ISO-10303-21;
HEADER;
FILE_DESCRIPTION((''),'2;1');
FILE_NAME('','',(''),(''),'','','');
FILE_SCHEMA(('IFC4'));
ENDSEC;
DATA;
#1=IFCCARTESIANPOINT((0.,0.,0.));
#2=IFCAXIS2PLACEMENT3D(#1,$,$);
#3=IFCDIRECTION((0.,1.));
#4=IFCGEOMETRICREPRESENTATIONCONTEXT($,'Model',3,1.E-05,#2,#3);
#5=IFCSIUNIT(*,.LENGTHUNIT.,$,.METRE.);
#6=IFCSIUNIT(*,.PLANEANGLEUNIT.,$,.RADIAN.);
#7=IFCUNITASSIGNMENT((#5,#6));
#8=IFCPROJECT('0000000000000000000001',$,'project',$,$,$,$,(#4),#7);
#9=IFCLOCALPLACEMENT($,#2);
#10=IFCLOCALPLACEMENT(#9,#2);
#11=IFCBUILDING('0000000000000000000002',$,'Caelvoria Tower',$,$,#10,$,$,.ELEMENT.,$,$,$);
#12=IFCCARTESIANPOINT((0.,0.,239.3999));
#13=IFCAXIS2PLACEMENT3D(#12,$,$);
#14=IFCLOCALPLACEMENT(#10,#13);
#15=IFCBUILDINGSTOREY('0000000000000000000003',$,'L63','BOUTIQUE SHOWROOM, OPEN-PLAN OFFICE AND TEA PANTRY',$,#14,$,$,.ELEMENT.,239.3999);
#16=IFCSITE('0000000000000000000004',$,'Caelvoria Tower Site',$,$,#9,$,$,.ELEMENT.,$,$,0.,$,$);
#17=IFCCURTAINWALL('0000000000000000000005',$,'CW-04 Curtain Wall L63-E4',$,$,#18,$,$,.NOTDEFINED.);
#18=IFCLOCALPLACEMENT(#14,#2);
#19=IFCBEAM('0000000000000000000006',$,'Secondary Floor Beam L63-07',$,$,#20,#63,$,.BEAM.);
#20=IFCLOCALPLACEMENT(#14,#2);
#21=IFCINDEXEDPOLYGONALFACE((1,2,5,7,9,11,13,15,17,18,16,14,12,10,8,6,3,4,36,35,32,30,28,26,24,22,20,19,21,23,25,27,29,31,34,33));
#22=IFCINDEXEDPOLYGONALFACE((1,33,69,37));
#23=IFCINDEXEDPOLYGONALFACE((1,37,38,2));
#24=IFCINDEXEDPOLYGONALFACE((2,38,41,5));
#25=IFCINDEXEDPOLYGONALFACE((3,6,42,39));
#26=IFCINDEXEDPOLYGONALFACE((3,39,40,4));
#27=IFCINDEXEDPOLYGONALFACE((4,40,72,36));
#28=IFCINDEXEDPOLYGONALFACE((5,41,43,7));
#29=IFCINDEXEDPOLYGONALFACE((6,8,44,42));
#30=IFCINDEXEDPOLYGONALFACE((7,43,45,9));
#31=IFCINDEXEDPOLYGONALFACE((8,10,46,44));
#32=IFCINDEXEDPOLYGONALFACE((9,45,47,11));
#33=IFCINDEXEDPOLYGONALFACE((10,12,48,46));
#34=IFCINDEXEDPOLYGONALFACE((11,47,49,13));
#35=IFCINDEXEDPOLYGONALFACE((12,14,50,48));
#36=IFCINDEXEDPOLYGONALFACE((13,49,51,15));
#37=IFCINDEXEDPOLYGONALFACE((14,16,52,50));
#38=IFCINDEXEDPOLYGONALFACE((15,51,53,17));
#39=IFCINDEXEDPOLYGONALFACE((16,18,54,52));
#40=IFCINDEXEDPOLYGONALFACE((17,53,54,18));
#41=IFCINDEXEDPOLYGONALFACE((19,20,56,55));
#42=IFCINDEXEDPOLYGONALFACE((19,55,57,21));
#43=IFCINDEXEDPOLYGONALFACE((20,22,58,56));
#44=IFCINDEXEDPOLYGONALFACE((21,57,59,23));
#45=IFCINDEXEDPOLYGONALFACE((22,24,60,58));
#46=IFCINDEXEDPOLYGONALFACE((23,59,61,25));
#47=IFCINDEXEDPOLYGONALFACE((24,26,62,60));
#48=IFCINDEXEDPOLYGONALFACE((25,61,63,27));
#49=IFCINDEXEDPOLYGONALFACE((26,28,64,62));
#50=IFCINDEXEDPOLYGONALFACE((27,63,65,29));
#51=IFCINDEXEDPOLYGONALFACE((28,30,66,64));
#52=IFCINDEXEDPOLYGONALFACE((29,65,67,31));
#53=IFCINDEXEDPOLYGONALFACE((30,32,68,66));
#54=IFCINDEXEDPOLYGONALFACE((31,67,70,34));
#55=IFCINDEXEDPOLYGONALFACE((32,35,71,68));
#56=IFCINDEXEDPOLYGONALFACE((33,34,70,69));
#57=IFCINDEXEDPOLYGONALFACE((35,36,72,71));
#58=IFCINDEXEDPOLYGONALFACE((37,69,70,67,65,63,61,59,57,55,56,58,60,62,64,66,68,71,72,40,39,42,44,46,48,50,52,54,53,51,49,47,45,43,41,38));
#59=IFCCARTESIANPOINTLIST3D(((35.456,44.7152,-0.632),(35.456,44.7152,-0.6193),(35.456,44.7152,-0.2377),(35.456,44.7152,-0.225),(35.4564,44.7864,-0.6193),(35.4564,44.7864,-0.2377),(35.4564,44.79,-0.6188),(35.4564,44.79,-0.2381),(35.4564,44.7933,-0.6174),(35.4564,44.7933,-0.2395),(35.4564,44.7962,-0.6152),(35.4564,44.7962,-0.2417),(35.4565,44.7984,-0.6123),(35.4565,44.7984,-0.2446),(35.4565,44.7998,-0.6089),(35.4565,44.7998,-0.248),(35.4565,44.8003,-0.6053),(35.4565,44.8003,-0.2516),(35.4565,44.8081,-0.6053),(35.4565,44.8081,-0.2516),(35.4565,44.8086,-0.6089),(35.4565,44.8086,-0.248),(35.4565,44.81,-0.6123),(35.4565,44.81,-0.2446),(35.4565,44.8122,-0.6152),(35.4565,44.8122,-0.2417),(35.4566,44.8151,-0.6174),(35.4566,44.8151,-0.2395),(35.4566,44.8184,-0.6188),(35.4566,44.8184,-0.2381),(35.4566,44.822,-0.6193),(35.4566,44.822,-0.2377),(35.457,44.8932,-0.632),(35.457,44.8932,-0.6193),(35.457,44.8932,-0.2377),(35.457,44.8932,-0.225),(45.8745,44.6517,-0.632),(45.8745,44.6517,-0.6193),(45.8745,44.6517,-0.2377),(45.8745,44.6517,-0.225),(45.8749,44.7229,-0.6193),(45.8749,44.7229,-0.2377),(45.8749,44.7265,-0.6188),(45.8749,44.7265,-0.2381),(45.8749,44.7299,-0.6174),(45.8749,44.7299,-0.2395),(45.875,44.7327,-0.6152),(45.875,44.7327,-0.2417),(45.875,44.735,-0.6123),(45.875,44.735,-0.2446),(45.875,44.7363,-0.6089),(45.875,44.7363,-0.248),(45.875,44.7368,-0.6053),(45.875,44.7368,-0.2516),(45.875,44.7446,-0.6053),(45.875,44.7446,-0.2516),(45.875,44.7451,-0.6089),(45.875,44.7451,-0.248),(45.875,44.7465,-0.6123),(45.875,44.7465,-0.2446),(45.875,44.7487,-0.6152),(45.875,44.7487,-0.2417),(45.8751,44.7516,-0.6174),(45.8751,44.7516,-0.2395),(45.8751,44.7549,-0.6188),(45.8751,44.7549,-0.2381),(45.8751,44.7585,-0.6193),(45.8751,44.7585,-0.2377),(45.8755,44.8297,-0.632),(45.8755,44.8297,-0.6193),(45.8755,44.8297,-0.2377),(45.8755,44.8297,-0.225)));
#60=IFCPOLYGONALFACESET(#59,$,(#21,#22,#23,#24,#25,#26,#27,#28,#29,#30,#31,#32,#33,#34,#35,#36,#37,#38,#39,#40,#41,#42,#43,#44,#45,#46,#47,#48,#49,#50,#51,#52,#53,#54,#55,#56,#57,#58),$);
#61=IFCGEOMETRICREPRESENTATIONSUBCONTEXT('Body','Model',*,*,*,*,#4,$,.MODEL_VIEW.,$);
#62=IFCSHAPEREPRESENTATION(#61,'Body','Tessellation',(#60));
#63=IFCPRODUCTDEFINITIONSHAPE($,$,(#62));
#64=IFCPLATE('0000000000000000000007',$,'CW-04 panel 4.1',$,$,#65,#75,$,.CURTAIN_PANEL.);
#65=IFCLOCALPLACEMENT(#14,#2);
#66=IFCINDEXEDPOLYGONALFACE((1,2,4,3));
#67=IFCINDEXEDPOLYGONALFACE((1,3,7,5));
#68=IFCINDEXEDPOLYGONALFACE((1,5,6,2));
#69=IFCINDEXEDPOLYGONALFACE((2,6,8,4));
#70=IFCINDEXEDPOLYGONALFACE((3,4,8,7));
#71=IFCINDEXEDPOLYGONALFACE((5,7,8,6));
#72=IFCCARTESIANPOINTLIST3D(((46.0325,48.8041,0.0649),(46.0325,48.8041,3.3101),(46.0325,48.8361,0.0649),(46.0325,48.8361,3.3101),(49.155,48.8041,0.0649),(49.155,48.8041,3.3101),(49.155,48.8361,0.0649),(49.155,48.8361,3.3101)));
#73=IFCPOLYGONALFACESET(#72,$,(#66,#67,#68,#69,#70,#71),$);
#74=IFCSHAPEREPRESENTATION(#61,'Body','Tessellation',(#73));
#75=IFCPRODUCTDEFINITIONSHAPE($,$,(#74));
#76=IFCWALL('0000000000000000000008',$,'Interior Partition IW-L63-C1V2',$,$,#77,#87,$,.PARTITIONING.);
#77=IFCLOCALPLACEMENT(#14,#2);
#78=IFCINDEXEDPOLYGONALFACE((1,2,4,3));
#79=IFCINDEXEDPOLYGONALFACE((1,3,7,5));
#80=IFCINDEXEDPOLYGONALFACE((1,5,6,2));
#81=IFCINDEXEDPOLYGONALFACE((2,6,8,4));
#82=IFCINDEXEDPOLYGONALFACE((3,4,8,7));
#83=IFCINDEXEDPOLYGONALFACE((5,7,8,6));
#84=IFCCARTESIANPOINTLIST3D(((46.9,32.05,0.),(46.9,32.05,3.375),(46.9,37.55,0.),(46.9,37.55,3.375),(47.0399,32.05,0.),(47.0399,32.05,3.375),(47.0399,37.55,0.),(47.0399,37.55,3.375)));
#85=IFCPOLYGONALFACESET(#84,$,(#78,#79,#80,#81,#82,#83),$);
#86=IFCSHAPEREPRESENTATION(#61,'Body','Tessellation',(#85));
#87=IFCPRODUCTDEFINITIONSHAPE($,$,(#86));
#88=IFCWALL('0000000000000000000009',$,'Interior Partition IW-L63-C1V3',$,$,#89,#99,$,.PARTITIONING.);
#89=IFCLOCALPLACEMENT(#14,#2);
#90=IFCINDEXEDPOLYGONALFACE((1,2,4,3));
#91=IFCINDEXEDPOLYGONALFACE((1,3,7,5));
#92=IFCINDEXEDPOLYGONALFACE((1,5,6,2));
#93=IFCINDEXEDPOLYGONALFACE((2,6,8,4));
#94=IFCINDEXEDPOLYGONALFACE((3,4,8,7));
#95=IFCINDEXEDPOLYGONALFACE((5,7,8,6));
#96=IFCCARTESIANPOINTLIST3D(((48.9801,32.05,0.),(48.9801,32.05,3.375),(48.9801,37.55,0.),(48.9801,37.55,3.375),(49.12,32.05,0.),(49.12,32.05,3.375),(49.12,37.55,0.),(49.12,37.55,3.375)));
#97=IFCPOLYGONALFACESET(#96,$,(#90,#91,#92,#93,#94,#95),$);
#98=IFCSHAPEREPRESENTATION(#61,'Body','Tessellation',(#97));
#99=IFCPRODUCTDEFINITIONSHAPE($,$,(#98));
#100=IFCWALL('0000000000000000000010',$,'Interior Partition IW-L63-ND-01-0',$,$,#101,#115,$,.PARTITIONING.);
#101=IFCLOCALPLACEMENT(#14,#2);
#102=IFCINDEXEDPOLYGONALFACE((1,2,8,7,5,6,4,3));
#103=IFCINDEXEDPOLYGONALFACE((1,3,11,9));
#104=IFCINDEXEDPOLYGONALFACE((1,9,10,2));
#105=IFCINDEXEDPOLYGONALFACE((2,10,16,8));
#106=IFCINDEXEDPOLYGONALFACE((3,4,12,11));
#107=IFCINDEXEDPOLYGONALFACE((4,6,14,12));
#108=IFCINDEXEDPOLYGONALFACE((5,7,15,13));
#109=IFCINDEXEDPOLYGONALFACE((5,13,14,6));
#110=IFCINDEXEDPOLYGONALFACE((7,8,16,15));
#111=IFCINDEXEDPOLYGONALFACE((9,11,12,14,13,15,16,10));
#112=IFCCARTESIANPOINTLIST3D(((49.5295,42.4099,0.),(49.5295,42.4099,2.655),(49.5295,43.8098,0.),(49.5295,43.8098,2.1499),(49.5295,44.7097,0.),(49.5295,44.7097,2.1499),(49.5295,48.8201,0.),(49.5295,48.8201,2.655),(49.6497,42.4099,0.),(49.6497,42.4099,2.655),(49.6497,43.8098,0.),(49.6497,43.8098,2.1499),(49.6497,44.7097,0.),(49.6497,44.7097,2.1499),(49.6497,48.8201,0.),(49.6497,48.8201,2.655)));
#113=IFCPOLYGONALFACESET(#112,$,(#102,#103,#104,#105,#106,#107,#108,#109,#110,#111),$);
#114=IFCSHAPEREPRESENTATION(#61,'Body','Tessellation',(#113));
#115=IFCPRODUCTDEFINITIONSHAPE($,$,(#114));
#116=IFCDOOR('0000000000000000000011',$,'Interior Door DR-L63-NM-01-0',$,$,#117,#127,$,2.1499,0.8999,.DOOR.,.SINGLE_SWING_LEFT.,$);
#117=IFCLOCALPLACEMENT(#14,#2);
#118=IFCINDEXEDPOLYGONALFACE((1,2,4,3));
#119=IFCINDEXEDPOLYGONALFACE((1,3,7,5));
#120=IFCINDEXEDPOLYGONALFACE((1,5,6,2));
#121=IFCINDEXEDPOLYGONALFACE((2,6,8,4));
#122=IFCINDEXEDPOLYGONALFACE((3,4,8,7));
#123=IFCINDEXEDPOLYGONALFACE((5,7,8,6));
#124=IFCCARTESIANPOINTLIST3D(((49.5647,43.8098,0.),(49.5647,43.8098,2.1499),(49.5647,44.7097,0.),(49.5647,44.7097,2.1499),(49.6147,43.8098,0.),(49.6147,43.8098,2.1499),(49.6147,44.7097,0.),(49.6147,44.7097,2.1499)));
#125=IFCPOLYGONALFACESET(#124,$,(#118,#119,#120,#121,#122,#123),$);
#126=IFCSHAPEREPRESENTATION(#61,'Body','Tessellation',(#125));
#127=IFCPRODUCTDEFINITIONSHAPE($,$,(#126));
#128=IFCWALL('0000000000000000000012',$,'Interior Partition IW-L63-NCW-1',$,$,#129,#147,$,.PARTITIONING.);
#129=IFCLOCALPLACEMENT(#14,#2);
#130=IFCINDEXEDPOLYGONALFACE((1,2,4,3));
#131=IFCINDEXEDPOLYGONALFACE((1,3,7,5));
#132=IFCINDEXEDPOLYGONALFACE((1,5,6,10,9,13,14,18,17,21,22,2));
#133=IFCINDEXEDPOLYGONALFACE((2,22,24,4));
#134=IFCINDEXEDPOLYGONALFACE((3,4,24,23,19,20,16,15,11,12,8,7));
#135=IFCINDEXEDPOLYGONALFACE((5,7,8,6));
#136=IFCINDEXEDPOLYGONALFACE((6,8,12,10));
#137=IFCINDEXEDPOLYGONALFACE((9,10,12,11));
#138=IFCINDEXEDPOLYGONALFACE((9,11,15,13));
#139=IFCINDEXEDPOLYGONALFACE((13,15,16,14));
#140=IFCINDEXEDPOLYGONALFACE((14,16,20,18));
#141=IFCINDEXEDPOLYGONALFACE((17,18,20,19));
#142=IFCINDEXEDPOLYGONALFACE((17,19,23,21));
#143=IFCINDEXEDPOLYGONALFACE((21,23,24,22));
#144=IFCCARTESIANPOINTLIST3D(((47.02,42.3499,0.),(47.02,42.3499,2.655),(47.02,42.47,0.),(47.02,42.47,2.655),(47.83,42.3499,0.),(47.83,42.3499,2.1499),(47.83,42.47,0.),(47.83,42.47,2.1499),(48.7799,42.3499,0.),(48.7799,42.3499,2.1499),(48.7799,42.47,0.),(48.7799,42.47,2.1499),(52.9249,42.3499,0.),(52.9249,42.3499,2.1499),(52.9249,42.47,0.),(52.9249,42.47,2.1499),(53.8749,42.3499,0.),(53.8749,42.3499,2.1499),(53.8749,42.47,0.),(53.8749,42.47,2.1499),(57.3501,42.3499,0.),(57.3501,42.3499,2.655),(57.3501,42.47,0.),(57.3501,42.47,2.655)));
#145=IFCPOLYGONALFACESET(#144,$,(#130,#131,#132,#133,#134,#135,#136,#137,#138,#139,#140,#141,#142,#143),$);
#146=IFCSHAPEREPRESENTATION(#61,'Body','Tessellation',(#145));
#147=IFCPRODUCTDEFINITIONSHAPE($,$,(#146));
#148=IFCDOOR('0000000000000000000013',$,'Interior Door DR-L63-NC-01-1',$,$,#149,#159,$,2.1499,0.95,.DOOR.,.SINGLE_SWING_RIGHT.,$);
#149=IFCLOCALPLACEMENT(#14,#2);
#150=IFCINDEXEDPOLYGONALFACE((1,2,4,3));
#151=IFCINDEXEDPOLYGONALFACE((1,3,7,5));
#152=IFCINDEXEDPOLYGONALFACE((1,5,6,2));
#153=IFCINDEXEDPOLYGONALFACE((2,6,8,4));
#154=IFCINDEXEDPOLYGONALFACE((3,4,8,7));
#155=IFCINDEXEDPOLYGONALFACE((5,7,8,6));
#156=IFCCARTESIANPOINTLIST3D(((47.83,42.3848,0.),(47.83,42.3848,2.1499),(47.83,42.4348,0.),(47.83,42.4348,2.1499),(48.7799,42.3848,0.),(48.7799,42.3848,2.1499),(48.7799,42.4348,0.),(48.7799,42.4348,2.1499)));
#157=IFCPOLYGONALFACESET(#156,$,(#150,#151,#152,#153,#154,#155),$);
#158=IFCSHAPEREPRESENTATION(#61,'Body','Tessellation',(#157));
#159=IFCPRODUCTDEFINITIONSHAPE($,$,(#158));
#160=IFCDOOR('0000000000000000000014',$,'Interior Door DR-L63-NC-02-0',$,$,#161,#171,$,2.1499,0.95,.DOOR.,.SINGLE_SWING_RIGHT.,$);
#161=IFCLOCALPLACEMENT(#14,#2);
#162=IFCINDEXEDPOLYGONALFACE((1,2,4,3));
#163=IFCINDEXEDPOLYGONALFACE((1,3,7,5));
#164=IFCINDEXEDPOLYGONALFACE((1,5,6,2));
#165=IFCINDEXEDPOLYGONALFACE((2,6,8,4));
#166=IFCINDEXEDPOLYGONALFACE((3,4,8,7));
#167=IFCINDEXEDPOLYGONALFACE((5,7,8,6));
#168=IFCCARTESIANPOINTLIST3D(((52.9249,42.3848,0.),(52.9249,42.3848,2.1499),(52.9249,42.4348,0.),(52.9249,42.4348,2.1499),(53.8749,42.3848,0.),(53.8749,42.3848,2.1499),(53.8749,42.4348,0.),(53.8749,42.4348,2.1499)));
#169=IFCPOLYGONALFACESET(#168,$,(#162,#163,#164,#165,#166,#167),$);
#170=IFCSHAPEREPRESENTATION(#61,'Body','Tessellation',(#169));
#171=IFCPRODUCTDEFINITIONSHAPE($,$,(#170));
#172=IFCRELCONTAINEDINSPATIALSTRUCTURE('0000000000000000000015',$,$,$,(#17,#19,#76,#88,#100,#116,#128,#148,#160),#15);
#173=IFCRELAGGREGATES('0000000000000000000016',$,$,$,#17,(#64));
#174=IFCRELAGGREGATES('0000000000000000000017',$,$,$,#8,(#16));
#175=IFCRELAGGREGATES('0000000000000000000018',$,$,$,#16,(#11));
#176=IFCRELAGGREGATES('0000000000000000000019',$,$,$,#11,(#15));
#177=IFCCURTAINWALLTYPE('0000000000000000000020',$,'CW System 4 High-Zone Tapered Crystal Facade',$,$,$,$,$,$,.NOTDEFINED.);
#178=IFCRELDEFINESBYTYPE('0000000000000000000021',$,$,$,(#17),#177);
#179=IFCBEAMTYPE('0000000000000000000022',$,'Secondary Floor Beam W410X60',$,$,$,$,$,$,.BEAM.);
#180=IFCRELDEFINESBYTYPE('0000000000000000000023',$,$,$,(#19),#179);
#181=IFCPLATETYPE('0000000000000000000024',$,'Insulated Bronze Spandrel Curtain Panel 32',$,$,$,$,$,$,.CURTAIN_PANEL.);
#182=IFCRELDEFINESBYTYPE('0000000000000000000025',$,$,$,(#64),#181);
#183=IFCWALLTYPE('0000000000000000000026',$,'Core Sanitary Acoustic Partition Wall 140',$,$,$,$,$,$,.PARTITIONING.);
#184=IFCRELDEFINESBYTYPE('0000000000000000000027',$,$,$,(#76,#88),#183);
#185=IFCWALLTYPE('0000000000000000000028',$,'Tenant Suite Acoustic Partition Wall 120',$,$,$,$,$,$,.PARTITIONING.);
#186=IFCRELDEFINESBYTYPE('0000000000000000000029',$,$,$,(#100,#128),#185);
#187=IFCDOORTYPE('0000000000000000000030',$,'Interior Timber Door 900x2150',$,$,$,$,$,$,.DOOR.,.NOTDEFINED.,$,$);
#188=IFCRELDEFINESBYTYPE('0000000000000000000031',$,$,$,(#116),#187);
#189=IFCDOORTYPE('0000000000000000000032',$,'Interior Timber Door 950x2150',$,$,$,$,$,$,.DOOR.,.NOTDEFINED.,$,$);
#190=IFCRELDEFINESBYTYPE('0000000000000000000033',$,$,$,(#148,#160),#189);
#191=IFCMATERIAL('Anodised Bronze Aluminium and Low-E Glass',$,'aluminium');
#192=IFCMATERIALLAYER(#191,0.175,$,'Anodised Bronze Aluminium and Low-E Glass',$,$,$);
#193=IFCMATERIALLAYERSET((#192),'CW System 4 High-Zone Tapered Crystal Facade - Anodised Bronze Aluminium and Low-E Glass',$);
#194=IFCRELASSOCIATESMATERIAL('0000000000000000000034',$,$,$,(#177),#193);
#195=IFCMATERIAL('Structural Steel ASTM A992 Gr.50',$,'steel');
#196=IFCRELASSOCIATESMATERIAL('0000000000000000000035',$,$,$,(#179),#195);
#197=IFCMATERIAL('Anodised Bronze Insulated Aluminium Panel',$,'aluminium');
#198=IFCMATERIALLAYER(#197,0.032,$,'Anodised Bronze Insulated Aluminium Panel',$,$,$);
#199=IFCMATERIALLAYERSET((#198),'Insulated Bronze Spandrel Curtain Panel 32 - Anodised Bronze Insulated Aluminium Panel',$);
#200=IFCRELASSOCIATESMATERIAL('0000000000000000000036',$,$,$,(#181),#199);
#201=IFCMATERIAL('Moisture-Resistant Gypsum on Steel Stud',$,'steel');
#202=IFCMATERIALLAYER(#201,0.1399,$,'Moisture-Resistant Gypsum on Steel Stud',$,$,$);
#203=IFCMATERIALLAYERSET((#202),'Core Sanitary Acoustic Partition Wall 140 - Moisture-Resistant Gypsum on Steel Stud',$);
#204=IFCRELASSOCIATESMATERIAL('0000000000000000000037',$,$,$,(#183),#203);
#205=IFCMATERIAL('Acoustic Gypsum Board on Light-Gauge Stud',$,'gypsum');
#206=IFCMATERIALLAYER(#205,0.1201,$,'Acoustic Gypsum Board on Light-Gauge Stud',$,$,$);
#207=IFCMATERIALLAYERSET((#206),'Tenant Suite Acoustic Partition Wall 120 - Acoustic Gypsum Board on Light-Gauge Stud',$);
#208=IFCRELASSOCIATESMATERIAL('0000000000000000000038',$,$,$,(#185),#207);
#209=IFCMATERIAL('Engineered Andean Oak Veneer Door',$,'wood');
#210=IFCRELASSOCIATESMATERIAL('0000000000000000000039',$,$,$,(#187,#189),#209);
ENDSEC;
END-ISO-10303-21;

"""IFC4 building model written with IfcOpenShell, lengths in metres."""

from ifc_helpers import new_model, si_unit, direction, frame, frame_2d, origin, origin_2d, place, context, subcontext, project, spatial, rectangle, i_section, extrude, material, layer, layer_set, material_profile, profile_set, type_object, element, fill, aggregate, save


model = new_model("IFC4")

# Units and contexts
model_context = context("Model", 3, precision=1e-05, world=origin(), true_north=direction((0.0, 1.0)))
body_context = subcontext(model_context, "Body", "Model", "MODEL_VIEW")
ifc_project = project(units=[si_unit("LENGTHUNIT", "METRE"), si_unit("PLANEANGLEUNIT", "RADIAN")], contexts=[model_context])

# Site, building, storey
site_placement = place(None, origin())
site = spatial("IfcSite", under=ifc_project, at=site_placement, Name="Caelvoria Tower Site", CompositionType="ELEMENT", RefElevation=0.0)
building_placement = place(site_placement, origin())
building = spatial("IfcBuilding", under=site, at=building_placement, Name="Caelvoria Tower", CompositionType="ELEMENT")
storey_placement = place(building_placement, frame((0.0, 0.0, 239.3999)))
storey = spatial("IfcBuildingStorey", under=building, at=storey_placement, Name="L63", Description="BOUTIQUE SHOWROOM, OPEN-PLAN OFFICE AND TEA PANTRY", CompositionType="ELEMENT", Elevation=239.3999)

# Shared definitions
ifc_material_1 = material(Name="Structural Steel ASTM A992 Gr.50", Category="steel")

# Curtain wall
ifc_material_2 = material(Name="Anodised Bronze Aluminium and Low-E Glass", Category="aluminium")
ifc_layer_1 = layer(ifc_material_2, 0.175, Name="Anodised Bronze Aluminium and Low-E Glass")
ifc_layer_set_1 = layer_set([ifc_layer_1], Name="CW System 4 High-Zone Tapered Crystal Facade - Anodised Bronze Aluminium and Low-E Glass")
curtain_wall_type = type_object("IfcCurtainWallType", Name="CW System 4 High-Zone Tapered Crystal Facade", PredefinedType="NOTDEFINED", material=ifc_layer_set_1)
curtain_wall_placement = place(storey_placement, origin())
curtain_wall = element("IfcCurtainWall", 1, at=curtain_wall_placement, inside=storey, type_object=curtain_wall_type, Name="CW-04 Curtain Wall L63-E4", PredefinedType="NOTDEFINED")

# Beam
ifc_material_profile_1 = material_profile(ifc_material_1, i_section(OverallWidth=0.178, OverallDepth=0.407, WebThickness=0.0078, FlangeThickness=0.0127, FilletRadius=0.0139, at=origin_2d()), Name="Structural Steel ASTM A992 Gr.50")
ifc_profile_set_1 = profile_set([ifc_material_profile_1], Name="W410X60 - Structural Steel ASTM A992 Gr.50")
beam_type_1 = type_object("IfcBeamType", Name="Secondary Floor Beam W410X60", PredefinedType="BEAM", material=ifc_profile_set_1)
for number, where, z_axis, x_axis, name in (
    (2, (45.875, 44.7407, -0.4285), (-0.999981, 0.006093, 0.0), (-0.006093, -0.999981, 0.0), "Secondary Floor Beam L63-07"),
):
    element("IfcBeam", number, at=place(storey_placement, frame(where, z_axis=z_axis, x_axis=x_axis)), inside=storey, type_object=beam_type_1, Name=name, PredefinedType="BEAM", context=body_context, shape_type="SweptSolid", body=[
        extrude(i_section(OverallWidth=0.178, OverallDepth=0.407, WebThickness=0.0078, FlangeThickness=0.0127, FilletRadius=0.0139, at=origin_2d()), origin(), (0.0, 0.0, 1.0), 10.4187),
    ])

# Plate
ifc_material_3 = material(Name="Anodised Bronze Insulated Aluminium Panel", Category="aluminium")
ifc_layer_2 = layer(ifc_material_3, 0.032, Name="Anodised Bronze Insulated Aluminium Panel")
ifc_layer_set_2 = layer_set([ifc_layer_2], Name="Insulated Bronze Spandrel Curtain Panel 32 - Anodised Bronze Insulated Aluminium Panel")
plate_type = type_object("IfcPlateType", Name="Insulated Bronze Spandrel Curtain Panel 32", PredefinedType="CURTAIN_PANEL", material=ifc_layer_set_2)
plate_placement = place(storey_placement, frame((47.5938, 48.8201, 0.0649), z_axis=(0.0, 0.0, 1.0), x_axis=(-1.0, 0.0, 0.0)))
plate = element("IfcPlate", 3, at=plate_placement, type_object=plate_type, Name="CW-04 panel 4.1", PredefinedType="CURTAIN_PANEL", context=body_context, shape_type="SweptSolid", body=[
    extrude(rectangle(XDim=3.1226, YDim=0.032, at=origin_2d()), origin(), (0.0, 0.0, 1.0), 3.2451),
])
aggregate(curtain_wall, [plate])

# Walls
ifc_material_4 = material(Name="Moisture-Resistant Gypsum on Steel Stud", Category="steel")
ifc_layer_3 = layer(ifc_material_4, 0.1399, Name="Moisture-Resistant Gypsum on Steel Stud")
ifc_layer_set_3 = layer_set([ifc_layer_3], Name="Core Sanitary Acoustic Partition Wall 140 - Moisture-Resistant Gypsum on Steel Stud")
wall_type_1 = type_object("IfcWallType", Name="Core Sanitary Acoustic Partition Wall 140", PredefinedType="PARTITIONING", material=ifc_layer_set_3)
for number, where, z_axis, x_axis, name in (
    (4, (46.97, 32.05, 0.0), (0.0, 0.0, 1.0), (0.0, 1.0, 0.0), "Interior Partition IW-L63-C1V2"),
    (5, (49.05, 32.05, 0.0), (0.0, 0.0, 1.0), (0.0, 1.0, 0.0), "Interior Partition IW-L63-C1V3"),
):
    element("IfcWall", number, at=place(storey_placement, frame(where, z_axis=z_axis, x_axis=x_axis)), inside=storey, type_object=wall_type_1, Name=name, PredefinedType="PARTITIONING", context=body_context, shape_type="SweptSolid", body=[
        extrude(rectangle(XDim=5.5, YDim=0.1399, at=frame_2d((2.75, 0.0))), origin(), (0.0, 0.0, 1.0), 3.375),
    ])

# Wall, opening, door
ifc_material_5 = material(Name="Acoustic Gypsum Board on Light-Gauge Stud", Category="gypsum")
ifc_layer_4 = layer(ifc_material_5, 0.1201, Name="Acoustic Gypsum Board on Light-Gauge Stud")
ifc_layer_set_4 = layer_set([ifc_layer_4], Name="Tenant Suite Acoustic Partition Wall 120 - Acoustic Gypsum Board on Light-Gauge Stud")
wall_type_2 = type_object("IfcWallType", Name="Tenant Suite Acoustic Partition Wall 120", PredefinedType="PARTITIONING", material=ifc_layer_set_4)
wall_1_placement = place(storey_placement, frame((49.5896, 42.4099, 0.0), z_axis=(0.0, 0.0, 1.0), x_axis=(0.0, 1.0, 0.0)))
wall_1 = element("IfcWall", 6, at=wall_1_placement, inside=storey, type_object=wall_type_2, Name="Interior Partition IW-L63-ND-01-0", PredefinedType="PARTITIONING", context=body_context, shape_type="SweptSolid", body=[
    extrude(rectangle(XDim=6.4102, YDim=0.1201, at=frame_2d((3.2051, 0.0))), origin(), (0.0, 0.0, 1.0), 2.655),
])
opening_1_placement = place(wall_1_placement, frame((1.3999, 0.0, 0.0)))
opening_1 = element("IfcOpeningElement", 7, at=opening_1_placement, cuts=wall_1, PredefinedType="OPENING", context=body_context, shape_type="SweptSolid", body=[
    extrude(rectangle(XDim=0.8999, YDim=2.1499, at=frame_2d((0.45, 1.075))), frame((0.0, 0.0701, 0.0), z_axis=(0.0, -1.0, 0.0), x_axis=(1.0, 0.0, 0.0)), (0.0, 0.0, 1.0), 0.1401),
])
ifc_material_6 = material(Name="Engineered Andean Oak Veneer Door", Category="wood")
door_type_1 = type_object("IfcDoorType", Name="Interior Timber Door 900x2150", OperationType="NOTDEFINED", PredefinedType="DOOR", material=ifc_material_6)
door_1_placement = place(opening_1_placement, origin())
door_1 = element("IfcDoor", 8, at=door_1_placement, inside=storey, type_object=door_type_1, Name="Interior Door DR-L63-NM-01-0", OperationType="SINGLE_SWING_LEFT", OverallHeight=2.1499, OverallWidth=0.8999, PredefinedType="DOOR", context=body_context, shape_type="SweptSolid", body=[
    extrude(rectangle(XDim=0.8999, YDim=2.1499, at=frame_2d((0.45, 1.075))), frame((0.0, 0.0249, 0.0), z_axis=(0.0, -1.0, 0.0), x_axis=(1.0, 0.0, 0.0)), (0.0, 0.0, 1.0), 0.05),
])
fill(opening_1, door_1)

# Wall, openings, doors
wall_2_placement = place(storey_placement, frame((47.02, 42.4099, 0.0), z_axis=(0.0, 0.0, 1.0), x_axis=(1.0, 0.0, 0.0)))
wall_2 = element("IfcWall", 9, at=wall_2_placement, inside=storey, type_object=wall_type_2, Name="Interior Partition IW-L63-NCW-1", PredefinedType="PARTITIONING", context=body_context, shape_type="SweptSolid", body=[
    extrude(rectangle(XDim=10.3301, YDim=0.1201, at=frame_2d((5.165, 0.0))), origin(), (0.0, 0.0, 1.0), 2.655),
])
opening_2_placement = place(wall_2_placement, frame((0.8098, 0.0, 0.0)))
opening_2 = element("IfcOpeningElement", 10, at=opening_2_placement, cuts=wall_2, PredefinedType="OPENING", context=body_context, shape_type="SweptSolid", body=[
    extrude(rectangle(XDim=0.95, YDim=2.1499, at=frame_2d((0.4751, 1.075))), frame((0.0, 0.0701, 0.0), z_axis=(0.0, -1.0, 0.0), x_axis=(1.0, 0.0, 0.0)), (0.0, 0.0, 1.0), 0.1401),
])
opening_3_placement = place(wall_2_placement, frame((5.9048, 0.0, 0.0)))
opening_3 = element("IfcOpeningElement", 11, at=opening_3_placement, cuts=wall_2, PredefinedType="OPENING", context=body_context, shape_type="SweptSolid", body=[
    extrude(rectangle(XDim=0.95, YDim=2.1499, at=frame_2d((0.4751, 1.075))), frame((0.0, 0.0701, 0.0), z_axis=(0.0, -1.0, 0.0), x_axis=(1.0, 0.0, 0.0)), (0.0, 0.0, 1.0), 0.1401),
])
door_type_2 = type_object("IfcDoorType", Name="Interior Timber Door 950x2150", OperationType="NOTDEFINED", PredefinedType="DOOR", material=ifc_material_6)
door_2_placement = place(opening_2_placement, origin())
door_2 = element("IfcDoor", 12, at=door_2_placement, inside=storey, type_object=door_type_2, Name="Interior Door DR-L63-NC-01-1", OperationType="SINGLE_SWING_RIGHT", OverallHeight=2.1499, OverallWidth=0.95, PredefinedType="DOOR", context=body_context, shape_type="SweptSolid", body=[
    extrude(rectangle(XDim=0.95, YDim=2.1499, at=frame_2d((0.4751, 1.075))), frame((0.0, 0.0249, 0.0), z_axis=(0.0, -1.0, 0.0), x_axis=(1.0, 0.0, 0.0)), (0.0, 0.0, 1.0), 0.05),
])
fill(opening_2, door_2)
door_3_placement = place(opening_3_placement, origin())
door_3 = element("IfcDoor", 13, at=door_3_placement, inside=storey, type_object=door_type_2, Name="Interior Door DR-L63-NC-02-0", OperationType="SINGLE_SWING_RIGHT", OverallHeight=2.1499, OverallWidth=0.95, PredefinedType="DOOR", context=body_context, shape_type="SweptSolid", body=[
    extrude(rectangle(XDim=0.95, YDim=2.1499, at=frame_2d((0.4751, 1.075))), frame((0.0, 0.0249, 0.0), z_axis=(0.0, -1.0, 0.0), x_axis=(1.0, 0.0, 0.0)), (0.0, 0.0, 1.0), 0.05),
])
fill(opening_3, door_3)

save(model, "model.ifc")
